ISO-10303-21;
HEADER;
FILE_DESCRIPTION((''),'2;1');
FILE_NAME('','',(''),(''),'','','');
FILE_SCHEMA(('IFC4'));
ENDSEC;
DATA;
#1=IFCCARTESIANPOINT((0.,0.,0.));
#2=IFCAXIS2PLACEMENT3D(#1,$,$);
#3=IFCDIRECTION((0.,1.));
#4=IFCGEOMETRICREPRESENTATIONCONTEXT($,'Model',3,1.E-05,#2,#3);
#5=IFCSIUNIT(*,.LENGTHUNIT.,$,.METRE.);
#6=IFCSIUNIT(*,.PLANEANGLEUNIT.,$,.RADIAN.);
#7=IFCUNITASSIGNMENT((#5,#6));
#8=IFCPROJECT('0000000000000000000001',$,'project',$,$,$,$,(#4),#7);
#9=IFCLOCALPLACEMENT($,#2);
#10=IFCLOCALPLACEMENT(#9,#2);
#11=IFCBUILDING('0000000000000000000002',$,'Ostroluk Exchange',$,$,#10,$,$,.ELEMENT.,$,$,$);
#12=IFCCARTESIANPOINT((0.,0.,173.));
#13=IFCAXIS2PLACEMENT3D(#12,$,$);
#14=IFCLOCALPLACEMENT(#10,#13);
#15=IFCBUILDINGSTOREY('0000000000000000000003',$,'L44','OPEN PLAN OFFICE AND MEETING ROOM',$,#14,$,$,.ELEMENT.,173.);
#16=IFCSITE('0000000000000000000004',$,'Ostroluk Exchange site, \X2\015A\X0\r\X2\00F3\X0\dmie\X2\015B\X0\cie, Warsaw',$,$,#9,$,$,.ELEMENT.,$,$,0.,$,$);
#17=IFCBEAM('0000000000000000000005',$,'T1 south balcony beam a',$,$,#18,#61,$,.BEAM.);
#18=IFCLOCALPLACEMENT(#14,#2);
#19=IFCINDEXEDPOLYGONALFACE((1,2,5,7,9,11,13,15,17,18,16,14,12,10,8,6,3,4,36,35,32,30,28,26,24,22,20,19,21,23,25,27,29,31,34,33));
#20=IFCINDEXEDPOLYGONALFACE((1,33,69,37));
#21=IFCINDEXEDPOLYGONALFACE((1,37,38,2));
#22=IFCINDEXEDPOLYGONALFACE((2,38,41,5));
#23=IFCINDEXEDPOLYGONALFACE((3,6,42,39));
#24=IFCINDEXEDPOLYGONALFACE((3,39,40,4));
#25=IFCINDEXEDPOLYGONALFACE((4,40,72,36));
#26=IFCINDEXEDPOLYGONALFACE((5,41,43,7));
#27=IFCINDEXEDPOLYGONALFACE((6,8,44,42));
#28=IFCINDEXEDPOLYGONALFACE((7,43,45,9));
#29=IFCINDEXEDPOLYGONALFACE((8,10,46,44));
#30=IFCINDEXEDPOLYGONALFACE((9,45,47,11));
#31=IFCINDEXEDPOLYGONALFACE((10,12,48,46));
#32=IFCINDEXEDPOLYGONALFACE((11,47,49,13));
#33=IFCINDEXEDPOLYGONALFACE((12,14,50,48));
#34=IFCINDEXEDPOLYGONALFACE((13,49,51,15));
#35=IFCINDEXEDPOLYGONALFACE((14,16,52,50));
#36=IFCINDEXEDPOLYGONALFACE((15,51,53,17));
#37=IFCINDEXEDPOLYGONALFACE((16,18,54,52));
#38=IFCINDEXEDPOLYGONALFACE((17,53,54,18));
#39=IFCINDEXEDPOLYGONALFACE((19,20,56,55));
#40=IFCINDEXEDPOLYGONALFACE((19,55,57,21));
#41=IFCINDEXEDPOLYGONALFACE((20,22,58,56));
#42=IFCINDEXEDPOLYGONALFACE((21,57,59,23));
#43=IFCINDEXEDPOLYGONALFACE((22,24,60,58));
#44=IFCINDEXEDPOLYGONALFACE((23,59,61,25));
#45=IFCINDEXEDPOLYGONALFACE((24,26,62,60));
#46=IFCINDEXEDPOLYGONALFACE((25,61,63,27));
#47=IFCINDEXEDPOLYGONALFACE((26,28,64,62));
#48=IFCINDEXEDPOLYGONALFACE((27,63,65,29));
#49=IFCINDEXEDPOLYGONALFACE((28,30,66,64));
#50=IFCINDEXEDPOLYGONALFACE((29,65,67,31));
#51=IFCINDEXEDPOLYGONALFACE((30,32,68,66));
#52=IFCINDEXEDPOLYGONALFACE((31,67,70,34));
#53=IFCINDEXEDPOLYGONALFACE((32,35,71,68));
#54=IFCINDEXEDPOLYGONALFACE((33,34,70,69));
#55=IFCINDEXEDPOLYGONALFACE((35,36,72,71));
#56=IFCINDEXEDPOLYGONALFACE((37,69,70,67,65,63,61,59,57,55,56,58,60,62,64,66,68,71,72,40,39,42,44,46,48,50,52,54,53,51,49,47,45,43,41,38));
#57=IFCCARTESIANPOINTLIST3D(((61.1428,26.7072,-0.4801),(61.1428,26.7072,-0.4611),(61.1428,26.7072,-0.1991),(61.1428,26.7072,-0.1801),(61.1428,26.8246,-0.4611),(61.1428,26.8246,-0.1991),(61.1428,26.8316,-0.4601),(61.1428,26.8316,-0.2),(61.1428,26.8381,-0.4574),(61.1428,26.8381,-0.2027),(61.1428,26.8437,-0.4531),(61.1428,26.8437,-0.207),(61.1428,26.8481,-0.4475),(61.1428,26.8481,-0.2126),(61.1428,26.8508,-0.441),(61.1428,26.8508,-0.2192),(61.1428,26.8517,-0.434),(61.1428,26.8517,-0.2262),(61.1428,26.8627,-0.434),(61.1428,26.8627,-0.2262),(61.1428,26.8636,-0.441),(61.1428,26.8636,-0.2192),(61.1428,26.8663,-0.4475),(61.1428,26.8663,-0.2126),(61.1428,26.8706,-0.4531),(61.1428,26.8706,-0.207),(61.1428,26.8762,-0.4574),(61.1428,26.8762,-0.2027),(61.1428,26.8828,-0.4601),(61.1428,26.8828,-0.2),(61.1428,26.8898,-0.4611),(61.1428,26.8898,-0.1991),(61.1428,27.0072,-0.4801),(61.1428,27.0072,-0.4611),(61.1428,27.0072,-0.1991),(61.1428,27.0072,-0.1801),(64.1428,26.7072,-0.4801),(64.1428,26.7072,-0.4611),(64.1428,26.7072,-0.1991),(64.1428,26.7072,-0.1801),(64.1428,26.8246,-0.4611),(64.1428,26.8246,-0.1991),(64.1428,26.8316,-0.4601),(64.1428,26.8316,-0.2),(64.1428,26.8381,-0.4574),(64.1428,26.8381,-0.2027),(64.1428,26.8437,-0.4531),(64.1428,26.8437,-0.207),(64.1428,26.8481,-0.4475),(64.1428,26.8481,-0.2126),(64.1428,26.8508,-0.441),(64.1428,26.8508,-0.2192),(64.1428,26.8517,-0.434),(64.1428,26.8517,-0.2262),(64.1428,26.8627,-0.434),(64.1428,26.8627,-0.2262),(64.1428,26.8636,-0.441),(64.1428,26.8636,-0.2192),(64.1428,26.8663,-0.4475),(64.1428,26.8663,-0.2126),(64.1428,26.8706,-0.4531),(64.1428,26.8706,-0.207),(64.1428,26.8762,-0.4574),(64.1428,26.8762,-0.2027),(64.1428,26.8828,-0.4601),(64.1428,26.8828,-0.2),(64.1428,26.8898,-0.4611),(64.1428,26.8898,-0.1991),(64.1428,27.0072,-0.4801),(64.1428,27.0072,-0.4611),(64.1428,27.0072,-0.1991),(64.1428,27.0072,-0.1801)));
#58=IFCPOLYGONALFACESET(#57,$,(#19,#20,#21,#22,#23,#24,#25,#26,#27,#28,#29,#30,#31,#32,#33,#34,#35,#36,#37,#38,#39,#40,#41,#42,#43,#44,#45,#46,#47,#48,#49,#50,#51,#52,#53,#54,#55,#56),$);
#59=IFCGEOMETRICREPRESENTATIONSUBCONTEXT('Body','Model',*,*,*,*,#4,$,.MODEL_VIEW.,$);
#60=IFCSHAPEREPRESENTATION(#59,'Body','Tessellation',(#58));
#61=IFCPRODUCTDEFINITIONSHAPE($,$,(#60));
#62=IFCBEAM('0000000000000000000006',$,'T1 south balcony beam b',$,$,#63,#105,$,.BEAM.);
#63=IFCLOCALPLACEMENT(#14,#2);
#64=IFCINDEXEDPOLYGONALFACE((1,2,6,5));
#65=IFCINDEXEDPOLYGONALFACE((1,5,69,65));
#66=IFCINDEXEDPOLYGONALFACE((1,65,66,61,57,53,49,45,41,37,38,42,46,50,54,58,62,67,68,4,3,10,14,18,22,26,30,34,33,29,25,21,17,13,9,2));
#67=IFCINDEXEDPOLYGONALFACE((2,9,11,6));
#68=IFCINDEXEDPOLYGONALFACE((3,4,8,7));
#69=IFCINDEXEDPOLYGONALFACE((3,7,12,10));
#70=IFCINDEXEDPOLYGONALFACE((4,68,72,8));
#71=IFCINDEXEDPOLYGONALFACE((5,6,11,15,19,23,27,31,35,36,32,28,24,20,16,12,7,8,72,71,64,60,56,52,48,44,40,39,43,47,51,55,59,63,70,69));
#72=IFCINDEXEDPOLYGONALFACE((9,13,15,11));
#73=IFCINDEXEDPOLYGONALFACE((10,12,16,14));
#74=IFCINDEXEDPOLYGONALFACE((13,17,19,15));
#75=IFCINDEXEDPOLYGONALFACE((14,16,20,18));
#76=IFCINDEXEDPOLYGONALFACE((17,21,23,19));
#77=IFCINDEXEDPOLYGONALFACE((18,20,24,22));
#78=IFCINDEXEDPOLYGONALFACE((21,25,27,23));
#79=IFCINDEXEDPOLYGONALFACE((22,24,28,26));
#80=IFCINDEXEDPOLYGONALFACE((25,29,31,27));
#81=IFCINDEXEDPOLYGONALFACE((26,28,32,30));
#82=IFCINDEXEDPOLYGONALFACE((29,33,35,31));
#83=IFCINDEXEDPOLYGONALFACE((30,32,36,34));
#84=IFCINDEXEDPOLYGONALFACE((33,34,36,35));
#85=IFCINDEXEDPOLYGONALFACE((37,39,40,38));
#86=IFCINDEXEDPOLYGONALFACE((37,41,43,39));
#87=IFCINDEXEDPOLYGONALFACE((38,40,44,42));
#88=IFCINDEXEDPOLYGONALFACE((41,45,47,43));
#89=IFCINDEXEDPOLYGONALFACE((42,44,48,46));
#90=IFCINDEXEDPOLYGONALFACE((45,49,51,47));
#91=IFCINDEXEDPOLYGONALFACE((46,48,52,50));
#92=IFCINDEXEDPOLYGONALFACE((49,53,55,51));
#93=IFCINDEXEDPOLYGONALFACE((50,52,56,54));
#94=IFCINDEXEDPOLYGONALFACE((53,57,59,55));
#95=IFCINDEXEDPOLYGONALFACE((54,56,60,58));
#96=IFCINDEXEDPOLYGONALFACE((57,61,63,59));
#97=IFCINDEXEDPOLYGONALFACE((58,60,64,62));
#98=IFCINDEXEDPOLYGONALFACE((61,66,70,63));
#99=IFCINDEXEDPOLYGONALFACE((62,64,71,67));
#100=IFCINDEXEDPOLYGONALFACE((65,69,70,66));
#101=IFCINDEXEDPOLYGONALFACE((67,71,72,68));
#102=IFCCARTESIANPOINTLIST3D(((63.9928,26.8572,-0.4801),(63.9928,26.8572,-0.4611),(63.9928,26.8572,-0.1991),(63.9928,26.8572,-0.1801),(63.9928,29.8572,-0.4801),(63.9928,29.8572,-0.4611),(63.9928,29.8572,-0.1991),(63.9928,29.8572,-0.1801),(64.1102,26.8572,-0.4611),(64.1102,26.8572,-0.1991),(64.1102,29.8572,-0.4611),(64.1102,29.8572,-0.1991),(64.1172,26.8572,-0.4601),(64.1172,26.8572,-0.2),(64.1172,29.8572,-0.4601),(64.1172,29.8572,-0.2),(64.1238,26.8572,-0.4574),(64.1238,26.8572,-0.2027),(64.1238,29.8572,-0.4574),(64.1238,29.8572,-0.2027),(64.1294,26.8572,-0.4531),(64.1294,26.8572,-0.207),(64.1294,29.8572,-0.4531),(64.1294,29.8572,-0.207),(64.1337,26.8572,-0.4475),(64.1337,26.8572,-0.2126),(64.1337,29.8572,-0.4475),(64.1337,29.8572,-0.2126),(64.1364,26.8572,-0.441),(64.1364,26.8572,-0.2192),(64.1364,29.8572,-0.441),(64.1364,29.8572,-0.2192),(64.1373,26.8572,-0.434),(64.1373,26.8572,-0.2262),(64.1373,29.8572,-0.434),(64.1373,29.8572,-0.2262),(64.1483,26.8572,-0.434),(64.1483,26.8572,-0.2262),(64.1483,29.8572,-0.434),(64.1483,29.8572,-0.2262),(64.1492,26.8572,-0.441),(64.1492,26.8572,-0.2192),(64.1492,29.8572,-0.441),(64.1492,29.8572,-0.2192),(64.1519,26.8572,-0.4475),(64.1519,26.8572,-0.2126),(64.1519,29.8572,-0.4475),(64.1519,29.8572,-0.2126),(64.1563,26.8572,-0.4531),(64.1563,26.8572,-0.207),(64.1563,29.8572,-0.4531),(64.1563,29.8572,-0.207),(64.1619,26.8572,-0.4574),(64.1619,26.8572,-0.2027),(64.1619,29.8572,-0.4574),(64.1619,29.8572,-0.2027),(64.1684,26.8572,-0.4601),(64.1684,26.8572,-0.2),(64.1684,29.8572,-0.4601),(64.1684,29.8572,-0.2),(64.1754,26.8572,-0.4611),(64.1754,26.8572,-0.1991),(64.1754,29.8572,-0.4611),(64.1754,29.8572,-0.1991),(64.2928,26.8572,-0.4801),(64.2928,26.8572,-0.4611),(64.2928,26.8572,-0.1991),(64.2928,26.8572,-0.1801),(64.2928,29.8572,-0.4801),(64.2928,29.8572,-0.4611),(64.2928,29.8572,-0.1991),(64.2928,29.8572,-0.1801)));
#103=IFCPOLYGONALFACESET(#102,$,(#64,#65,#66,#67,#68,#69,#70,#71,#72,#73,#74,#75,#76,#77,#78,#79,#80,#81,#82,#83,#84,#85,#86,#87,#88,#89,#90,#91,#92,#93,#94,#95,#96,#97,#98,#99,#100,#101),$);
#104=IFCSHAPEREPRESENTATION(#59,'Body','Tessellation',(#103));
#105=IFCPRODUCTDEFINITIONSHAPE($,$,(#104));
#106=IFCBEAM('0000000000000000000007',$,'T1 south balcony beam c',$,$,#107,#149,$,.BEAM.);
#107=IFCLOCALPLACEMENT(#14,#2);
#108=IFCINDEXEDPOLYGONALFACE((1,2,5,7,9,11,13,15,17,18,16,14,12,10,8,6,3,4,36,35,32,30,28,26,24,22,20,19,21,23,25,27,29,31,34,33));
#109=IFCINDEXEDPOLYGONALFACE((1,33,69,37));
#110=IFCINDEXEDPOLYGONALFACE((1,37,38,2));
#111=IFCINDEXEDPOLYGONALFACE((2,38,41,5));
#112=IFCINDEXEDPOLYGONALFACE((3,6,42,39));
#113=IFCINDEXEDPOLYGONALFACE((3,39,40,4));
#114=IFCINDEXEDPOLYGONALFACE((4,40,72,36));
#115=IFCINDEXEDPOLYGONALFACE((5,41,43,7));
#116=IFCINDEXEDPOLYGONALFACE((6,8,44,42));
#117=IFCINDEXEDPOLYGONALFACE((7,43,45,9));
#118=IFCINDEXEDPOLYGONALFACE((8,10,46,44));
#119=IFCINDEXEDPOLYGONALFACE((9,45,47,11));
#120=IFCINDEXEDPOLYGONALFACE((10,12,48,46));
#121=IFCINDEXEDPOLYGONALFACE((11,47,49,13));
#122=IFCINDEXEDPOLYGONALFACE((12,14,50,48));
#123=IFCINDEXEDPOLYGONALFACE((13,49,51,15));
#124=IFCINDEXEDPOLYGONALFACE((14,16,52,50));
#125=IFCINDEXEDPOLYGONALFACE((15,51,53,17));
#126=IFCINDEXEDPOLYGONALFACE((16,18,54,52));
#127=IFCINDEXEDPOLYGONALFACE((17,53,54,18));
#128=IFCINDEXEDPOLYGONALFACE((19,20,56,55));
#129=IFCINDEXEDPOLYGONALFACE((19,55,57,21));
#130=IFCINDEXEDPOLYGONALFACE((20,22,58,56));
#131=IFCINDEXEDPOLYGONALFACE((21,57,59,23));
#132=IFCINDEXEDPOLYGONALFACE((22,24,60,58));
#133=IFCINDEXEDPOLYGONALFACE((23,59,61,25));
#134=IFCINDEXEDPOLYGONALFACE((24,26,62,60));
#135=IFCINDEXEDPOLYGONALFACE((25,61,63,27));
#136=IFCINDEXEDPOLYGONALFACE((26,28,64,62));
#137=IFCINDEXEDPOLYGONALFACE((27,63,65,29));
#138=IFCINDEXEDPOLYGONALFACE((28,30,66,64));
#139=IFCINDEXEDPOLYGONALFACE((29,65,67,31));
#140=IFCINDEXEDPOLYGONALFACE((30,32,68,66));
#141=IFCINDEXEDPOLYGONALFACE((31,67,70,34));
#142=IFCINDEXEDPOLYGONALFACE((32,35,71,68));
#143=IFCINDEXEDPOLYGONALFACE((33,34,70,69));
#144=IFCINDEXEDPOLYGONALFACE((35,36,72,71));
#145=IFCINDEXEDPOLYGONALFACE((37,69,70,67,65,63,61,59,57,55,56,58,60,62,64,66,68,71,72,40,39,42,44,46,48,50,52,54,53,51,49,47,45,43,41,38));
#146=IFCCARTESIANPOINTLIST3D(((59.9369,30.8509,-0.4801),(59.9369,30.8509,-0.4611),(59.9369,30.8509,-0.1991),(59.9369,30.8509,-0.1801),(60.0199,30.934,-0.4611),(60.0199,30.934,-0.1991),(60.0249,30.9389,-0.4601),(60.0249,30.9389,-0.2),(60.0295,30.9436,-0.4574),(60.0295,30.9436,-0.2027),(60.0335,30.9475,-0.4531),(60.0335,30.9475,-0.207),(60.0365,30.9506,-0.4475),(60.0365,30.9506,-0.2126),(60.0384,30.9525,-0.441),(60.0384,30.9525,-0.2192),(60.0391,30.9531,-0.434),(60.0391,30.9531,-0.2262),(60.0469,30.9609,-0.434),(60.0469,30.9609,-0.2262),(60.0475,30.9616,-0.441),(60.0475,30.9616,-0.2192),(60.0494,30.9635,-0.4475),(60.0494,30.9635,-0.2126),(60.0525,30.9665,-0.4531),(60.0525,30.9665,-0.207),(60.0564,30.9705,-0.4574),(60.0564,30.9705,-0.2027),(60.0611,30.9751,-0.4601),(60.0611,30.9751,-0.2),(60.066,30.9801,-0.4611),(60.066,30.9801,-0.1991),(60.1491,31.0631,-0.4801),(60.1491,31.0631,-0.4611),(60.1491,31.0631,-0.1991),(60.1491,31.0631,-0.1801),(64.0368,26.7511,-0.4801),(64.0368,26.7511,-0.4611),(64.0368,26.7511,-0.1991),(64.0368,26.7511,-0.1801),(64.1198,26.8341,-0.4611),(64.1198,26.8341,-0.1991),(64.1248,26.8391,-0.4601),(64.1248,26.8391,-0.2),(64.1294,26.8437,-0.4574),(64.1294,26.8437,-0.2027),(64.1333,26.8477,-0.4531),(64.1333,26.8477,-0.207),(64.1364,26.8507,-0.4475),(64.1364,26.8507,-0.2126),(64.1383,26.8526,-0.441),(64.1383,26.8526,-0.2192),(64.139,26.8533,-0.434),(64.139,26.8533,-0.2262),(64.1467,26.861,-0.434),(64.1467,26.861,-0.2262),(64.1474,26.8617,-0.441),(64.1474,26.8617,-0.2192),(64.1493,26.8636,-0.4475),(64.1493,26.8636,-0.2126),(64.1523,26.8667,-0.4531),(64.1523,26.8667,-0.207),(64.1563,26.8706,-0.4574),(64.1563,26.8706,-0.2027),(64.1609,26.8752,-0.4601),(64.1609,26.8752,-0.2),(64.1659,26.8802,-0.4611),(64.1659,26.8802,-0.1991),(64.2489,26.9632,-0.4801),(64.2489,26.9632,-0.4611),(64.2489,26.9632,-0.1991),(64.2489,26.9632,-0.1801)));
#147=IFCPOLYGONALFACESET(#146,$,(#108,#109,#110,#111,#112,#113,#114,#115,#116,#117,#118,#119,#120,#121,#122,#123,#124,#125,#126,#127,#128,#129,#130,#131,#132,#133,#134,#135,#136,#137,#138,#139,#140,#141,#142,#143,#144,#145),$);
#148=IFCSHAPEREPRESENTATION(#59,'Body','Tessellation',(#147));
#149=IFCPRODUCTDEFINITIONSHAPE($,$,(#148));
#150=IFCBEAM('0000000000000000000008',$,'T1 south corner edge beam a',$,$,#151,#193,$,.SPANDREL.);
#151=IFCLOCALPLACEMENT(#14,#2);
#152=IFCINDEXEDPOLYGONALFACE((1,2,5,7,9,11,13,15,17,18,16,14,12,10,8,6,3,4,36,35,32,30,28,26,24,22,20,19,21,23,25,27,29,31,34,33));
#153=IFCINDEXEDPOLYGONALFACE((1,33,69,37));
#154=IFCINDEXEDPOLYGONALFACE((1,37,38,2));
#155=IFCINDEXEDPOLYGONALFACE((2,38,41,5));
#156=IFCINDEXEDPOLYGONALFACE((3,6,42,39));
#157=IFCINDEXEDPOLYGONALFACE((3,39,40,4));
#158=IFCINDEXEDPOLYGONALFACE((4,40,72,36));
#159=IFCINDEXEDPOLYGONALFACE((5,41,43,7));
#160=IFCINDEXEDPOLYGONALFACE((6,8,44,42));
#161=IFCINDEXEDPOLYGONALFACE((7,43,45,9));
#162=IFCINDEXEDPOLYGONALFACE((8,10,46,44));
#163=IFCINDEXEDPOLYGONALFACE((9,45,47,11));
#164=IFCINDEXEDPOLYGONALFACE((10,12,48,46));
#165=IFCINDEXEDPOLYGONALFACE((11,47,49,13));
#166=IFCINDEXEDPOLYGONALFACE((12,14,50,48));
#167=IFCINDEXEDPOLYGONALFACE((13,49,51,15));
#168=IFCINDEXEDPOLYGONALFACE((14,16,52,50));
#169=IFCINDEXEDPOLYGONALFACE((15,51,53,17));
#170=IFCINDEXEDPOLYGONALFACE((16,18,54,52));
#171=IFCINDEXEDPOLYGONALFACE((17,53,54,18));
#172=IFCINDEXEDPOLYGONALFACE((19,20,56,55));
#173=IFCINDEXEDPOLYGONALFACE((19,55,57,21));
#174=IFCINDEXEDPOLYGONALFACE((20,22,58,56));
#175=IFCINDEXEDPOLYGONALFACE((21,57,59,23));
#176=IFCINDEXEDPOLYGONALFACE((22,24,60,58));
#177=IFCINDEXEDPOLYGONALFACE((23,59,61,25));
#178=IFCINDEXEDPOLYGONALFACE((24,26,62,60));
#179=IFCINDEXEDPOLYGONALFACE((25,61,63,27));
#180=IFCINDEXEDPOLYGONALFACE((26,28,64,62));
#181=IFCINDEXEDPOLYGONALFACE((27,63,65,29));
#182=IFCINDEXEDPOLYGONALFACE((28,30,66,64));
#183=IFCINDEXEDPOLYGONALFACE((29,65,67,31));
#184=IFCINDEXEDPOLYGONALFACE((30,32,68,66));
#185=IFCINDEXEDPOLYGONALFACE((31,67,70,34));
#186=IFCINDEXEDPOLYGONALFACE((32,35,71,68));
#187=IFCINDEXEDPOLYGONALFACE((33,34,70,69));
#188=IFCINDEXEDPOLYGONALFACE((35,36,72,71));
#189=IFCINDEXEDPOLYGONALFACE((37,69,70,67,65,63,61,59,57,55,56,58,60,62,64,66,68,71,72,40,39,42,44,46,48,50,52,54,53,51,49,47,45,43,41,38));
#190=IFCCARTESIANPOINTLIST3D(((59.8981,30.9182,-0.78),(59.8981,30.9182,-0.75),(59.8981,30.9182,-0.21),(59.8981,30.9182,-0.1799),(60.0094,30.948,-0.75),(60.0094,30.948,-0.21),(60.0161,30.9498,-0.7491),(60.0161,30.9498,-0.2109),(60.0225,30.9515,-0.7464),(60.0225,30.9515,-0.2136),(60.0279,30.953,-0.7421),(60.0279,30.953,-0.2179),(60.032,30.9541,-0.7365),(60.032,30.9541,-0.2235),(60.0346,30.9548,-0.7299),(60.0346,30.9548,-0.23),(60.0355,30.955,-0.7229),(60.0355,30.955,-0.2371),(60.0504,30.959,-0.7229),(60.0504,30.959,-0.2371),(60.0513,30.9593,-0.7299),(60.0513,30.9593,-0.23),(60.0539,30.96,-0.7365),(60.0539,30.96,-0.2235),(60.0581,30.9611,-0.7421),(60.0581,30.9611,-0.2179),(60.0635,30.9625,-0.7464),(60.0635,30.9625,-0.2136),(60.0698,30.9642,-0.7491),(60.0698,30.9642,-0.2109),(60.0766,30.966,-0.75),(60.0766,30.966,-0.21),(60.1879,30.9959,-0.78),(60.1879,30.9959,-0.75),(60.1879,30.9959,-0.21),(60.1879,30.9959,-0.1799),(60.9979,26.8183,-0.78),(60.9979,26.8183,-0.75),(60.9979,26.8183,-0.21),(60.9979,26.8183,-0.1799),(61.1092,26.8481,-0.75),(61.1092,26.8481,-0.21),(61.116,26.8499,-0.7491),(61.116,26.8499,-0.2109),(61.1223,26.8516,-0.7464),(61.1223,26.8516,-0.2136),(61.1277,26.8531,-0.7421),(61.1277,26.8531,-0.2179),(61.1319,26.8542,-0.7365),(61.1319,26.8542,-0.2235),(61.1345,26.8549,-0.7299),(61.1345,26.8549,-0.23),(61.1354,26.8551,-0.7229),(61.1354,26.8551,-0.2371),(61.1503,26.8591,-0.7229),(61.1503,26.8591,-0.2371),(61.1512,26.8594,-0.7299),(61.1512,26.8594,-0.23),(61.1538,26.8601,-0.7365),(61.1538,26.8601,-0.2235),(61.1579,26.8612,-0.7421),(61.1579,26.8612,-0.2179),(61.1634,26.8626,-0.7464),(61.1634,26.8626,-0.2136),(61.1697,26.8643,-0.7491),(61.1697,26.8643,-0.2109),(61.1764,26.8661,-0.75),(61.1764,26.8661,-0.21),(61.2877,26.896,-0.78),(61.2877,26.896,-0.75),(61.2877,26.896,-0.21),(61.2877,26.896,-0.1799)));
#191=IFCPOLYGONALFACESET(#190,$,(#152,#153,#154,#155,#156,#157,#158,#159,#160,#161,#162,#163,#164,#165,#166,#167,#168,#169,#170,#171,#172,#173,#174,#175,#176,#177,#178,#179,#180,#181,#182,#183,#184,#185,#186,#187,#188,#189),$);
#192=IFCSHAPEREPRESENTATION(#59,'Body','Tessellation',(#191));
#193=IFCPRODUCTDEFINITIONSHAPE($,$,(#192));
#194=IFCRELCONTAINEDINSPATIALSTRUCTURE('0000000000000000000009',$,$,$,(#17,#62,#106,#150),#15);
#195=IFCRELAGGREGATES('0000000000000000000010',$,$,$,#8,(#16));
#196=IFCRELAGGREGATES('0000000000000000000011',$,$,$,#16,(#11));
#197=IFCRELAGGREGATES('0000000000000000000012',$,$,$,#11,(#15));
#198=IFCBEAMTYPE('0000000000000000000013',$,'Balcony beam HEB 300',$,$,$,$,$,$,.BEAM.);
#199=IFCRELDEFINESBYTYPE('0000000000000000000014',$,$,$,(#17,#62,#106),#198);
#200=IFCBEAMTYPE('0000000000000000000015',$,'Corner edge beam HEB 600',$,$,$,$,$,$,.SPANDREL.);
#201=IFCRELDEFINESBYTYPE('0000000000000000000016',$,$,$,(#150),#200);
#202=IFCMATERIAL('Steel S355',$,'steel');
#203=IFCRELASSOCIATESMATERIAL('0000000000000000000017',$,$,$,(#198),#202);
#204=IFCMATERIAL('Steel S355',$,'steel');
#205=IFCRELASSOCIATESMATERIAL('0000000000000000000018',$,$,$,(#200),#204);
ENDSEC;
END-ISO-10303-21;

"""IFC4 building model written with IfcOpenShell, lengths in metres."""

from ifc_helpers import new_model, si_unit, direction, frame, origin, origin_2d, place, context, subcontext, project, spatial, i_section, extrude, material, material_profile, profile_set, type_object, element, save


model = new_model("IFC4")

# Units and contexts
model_context = context("Model", 3, precision=1e-05, world=origin(), true_north=direction((0.0, 1.0)))
body_context = subcontext(model_context, "Body", "Model", "MODEL_VIEW")
ifc_project = project(units=[si_unit("LENGTHUNIT", "METRE"), si_unit("PLANEANGLEUNIT", "RADIAN")], contexts=[model_context])

# Site, building, storey
site_placement = place(None, origin())
site = spatial("IfcSite", under=ifc_project, at=site_placement, Name="Ostroluk Exchange site, Śródmieście, Warsaw", CompositionType="ELEMENT", RefElevation=0.0)
building_placement = place(site_placement, origin())
building = spatial("IfcBuilding", under=site, at=building_placement, Name="Ostroluk Exchange", CompositionType="ELEMENT")
storey_placement = place(building_placement, frame((0.0, 0.0, 173.0)))
storey = spatial("IfcBuildingStorey", under=building, at=storey_placement, Name="L44", Description="OPEN PLAN OFFICE AND MEETING ROOM", CompositionType="ELEMENT", Elevation=173.0)

# Beams
ifc_material_1 = material(Name="Steel S355", Category="steel")
ifc_material_profile_1 = material_profile(ifc_material_1, i_section(OverallWidth=0.3, OverallDepth=0.3, WebThickness=0.011, FlangeThickness=0.019, FilletRadius=0.0271, at=origin_2d()), Name="HEB 300")
ifc_profile_set_1 = profile_set([ifc_material_profile_1], Name="Steel S355")
beam_type_1 = type_object("IfcBeamType", Name="Balcony beam HEB 300", PredefinedType="BEAM", material=ifc_profile_set_1)
for number, where, z_axis, x_axis, name in (
    (1, (61.1428, 26.8572, -0.3301), (1.0, 0.0, 0.0), (0.0, 1.0, 0.0), "T1 south balcony beam a"),
    (2, (64.1428, 29.8572, -0.3301), (0.0, -1.0, 0.0), (1.0, 0.0, 0.0), "T1 south balcony beam b"),
):
    element("IfcBeam", number, at=place(storey_placement, frame(where, z_axis=z_axis, x_axis=x_axis)), inside=storey, type_object=beam_type_1, Name=name, PredefinedType="BEAM", context=body_context, shape_type="SweptSolid", body=[
        extrude(i_section(OverallWidth=0.3, OverallDepth=0.3, WebThickness=0.011, FlangeThickness=0.019, FilletRadius=0.0271, at=origin_2d()), origin(), (0.0, 0.0, 1.0), 3.0),
    ])
beam_1_placement = place(storey_placement, frame((60.043, 30.957, -0.3301), z_axis=(0.707107, -0.707107, 0.0), x_axis=(0.707107, 0.707107, 0.0)))
element("IfcBeam", 3, at=beam_1_placement, inside=storey, type_object=beam_type_1, Name="T1 south balcony beam c", PredefinedType="BEAM", context=body_context, shape_type="SweptSolid", body=[
    extrude(i_section(OverallWidth=0.3, OverallDepth=0.3, WebThickness=0.011, FlangeThickness=0.019, FilletRadius=0.0271, at=origin_2d()), origin(), (0.0, 0.0, 1.0), 5.7981),
])
ifc_material_2 = material(Name="Steel S355", Category="steel")
ifc_material_profile_2 = material_profile(ifc_material_2, i_section(OverallWidth=0.3, OverallDepth=0.6001, WebThickness=0.0154, FlangeThickness=0.03, FilletRadius=0.0271, at=origin_2d()), Name="HEB 600")
ifc_profile_set_2 = profile_set([ifc_material_profile_2], Name="Steel S355")
beam_type_2 = type_object("IfcBeamType", Name="Corner edge beam HEB 600", PredefinedType="SPANDREL", material=ifc_profile_set_2)
for number, where, z_axis, x_axis, name in (
    (4, (60.043, 30.957, -0.48), (0.259105, -0.965849, 0.0), (0.965849, 0.259105, 0.0), "T1 south corner edge beam a"),
):
    element("IfcBeam", number, at=place(storey_placement, frame(where, z_axis=z_axis, x_axis=x_axis)), inside=storey, type_object=beam_type_2, Name=name, PredefinedType="SPANDREL", context=body_context, shape_type="SweptSolid", body=[
        extrude(i_section(OverallWidth=0.3, OverallDepth=0.6001, WebThickness=0.0154, FlangeThickness=0.03, FilletRadius=0.0271, at=origin_2d()), origin(), (0.0, 0.0, 1.0), 4.2449),
    ])

save(model, "model.ifc")
